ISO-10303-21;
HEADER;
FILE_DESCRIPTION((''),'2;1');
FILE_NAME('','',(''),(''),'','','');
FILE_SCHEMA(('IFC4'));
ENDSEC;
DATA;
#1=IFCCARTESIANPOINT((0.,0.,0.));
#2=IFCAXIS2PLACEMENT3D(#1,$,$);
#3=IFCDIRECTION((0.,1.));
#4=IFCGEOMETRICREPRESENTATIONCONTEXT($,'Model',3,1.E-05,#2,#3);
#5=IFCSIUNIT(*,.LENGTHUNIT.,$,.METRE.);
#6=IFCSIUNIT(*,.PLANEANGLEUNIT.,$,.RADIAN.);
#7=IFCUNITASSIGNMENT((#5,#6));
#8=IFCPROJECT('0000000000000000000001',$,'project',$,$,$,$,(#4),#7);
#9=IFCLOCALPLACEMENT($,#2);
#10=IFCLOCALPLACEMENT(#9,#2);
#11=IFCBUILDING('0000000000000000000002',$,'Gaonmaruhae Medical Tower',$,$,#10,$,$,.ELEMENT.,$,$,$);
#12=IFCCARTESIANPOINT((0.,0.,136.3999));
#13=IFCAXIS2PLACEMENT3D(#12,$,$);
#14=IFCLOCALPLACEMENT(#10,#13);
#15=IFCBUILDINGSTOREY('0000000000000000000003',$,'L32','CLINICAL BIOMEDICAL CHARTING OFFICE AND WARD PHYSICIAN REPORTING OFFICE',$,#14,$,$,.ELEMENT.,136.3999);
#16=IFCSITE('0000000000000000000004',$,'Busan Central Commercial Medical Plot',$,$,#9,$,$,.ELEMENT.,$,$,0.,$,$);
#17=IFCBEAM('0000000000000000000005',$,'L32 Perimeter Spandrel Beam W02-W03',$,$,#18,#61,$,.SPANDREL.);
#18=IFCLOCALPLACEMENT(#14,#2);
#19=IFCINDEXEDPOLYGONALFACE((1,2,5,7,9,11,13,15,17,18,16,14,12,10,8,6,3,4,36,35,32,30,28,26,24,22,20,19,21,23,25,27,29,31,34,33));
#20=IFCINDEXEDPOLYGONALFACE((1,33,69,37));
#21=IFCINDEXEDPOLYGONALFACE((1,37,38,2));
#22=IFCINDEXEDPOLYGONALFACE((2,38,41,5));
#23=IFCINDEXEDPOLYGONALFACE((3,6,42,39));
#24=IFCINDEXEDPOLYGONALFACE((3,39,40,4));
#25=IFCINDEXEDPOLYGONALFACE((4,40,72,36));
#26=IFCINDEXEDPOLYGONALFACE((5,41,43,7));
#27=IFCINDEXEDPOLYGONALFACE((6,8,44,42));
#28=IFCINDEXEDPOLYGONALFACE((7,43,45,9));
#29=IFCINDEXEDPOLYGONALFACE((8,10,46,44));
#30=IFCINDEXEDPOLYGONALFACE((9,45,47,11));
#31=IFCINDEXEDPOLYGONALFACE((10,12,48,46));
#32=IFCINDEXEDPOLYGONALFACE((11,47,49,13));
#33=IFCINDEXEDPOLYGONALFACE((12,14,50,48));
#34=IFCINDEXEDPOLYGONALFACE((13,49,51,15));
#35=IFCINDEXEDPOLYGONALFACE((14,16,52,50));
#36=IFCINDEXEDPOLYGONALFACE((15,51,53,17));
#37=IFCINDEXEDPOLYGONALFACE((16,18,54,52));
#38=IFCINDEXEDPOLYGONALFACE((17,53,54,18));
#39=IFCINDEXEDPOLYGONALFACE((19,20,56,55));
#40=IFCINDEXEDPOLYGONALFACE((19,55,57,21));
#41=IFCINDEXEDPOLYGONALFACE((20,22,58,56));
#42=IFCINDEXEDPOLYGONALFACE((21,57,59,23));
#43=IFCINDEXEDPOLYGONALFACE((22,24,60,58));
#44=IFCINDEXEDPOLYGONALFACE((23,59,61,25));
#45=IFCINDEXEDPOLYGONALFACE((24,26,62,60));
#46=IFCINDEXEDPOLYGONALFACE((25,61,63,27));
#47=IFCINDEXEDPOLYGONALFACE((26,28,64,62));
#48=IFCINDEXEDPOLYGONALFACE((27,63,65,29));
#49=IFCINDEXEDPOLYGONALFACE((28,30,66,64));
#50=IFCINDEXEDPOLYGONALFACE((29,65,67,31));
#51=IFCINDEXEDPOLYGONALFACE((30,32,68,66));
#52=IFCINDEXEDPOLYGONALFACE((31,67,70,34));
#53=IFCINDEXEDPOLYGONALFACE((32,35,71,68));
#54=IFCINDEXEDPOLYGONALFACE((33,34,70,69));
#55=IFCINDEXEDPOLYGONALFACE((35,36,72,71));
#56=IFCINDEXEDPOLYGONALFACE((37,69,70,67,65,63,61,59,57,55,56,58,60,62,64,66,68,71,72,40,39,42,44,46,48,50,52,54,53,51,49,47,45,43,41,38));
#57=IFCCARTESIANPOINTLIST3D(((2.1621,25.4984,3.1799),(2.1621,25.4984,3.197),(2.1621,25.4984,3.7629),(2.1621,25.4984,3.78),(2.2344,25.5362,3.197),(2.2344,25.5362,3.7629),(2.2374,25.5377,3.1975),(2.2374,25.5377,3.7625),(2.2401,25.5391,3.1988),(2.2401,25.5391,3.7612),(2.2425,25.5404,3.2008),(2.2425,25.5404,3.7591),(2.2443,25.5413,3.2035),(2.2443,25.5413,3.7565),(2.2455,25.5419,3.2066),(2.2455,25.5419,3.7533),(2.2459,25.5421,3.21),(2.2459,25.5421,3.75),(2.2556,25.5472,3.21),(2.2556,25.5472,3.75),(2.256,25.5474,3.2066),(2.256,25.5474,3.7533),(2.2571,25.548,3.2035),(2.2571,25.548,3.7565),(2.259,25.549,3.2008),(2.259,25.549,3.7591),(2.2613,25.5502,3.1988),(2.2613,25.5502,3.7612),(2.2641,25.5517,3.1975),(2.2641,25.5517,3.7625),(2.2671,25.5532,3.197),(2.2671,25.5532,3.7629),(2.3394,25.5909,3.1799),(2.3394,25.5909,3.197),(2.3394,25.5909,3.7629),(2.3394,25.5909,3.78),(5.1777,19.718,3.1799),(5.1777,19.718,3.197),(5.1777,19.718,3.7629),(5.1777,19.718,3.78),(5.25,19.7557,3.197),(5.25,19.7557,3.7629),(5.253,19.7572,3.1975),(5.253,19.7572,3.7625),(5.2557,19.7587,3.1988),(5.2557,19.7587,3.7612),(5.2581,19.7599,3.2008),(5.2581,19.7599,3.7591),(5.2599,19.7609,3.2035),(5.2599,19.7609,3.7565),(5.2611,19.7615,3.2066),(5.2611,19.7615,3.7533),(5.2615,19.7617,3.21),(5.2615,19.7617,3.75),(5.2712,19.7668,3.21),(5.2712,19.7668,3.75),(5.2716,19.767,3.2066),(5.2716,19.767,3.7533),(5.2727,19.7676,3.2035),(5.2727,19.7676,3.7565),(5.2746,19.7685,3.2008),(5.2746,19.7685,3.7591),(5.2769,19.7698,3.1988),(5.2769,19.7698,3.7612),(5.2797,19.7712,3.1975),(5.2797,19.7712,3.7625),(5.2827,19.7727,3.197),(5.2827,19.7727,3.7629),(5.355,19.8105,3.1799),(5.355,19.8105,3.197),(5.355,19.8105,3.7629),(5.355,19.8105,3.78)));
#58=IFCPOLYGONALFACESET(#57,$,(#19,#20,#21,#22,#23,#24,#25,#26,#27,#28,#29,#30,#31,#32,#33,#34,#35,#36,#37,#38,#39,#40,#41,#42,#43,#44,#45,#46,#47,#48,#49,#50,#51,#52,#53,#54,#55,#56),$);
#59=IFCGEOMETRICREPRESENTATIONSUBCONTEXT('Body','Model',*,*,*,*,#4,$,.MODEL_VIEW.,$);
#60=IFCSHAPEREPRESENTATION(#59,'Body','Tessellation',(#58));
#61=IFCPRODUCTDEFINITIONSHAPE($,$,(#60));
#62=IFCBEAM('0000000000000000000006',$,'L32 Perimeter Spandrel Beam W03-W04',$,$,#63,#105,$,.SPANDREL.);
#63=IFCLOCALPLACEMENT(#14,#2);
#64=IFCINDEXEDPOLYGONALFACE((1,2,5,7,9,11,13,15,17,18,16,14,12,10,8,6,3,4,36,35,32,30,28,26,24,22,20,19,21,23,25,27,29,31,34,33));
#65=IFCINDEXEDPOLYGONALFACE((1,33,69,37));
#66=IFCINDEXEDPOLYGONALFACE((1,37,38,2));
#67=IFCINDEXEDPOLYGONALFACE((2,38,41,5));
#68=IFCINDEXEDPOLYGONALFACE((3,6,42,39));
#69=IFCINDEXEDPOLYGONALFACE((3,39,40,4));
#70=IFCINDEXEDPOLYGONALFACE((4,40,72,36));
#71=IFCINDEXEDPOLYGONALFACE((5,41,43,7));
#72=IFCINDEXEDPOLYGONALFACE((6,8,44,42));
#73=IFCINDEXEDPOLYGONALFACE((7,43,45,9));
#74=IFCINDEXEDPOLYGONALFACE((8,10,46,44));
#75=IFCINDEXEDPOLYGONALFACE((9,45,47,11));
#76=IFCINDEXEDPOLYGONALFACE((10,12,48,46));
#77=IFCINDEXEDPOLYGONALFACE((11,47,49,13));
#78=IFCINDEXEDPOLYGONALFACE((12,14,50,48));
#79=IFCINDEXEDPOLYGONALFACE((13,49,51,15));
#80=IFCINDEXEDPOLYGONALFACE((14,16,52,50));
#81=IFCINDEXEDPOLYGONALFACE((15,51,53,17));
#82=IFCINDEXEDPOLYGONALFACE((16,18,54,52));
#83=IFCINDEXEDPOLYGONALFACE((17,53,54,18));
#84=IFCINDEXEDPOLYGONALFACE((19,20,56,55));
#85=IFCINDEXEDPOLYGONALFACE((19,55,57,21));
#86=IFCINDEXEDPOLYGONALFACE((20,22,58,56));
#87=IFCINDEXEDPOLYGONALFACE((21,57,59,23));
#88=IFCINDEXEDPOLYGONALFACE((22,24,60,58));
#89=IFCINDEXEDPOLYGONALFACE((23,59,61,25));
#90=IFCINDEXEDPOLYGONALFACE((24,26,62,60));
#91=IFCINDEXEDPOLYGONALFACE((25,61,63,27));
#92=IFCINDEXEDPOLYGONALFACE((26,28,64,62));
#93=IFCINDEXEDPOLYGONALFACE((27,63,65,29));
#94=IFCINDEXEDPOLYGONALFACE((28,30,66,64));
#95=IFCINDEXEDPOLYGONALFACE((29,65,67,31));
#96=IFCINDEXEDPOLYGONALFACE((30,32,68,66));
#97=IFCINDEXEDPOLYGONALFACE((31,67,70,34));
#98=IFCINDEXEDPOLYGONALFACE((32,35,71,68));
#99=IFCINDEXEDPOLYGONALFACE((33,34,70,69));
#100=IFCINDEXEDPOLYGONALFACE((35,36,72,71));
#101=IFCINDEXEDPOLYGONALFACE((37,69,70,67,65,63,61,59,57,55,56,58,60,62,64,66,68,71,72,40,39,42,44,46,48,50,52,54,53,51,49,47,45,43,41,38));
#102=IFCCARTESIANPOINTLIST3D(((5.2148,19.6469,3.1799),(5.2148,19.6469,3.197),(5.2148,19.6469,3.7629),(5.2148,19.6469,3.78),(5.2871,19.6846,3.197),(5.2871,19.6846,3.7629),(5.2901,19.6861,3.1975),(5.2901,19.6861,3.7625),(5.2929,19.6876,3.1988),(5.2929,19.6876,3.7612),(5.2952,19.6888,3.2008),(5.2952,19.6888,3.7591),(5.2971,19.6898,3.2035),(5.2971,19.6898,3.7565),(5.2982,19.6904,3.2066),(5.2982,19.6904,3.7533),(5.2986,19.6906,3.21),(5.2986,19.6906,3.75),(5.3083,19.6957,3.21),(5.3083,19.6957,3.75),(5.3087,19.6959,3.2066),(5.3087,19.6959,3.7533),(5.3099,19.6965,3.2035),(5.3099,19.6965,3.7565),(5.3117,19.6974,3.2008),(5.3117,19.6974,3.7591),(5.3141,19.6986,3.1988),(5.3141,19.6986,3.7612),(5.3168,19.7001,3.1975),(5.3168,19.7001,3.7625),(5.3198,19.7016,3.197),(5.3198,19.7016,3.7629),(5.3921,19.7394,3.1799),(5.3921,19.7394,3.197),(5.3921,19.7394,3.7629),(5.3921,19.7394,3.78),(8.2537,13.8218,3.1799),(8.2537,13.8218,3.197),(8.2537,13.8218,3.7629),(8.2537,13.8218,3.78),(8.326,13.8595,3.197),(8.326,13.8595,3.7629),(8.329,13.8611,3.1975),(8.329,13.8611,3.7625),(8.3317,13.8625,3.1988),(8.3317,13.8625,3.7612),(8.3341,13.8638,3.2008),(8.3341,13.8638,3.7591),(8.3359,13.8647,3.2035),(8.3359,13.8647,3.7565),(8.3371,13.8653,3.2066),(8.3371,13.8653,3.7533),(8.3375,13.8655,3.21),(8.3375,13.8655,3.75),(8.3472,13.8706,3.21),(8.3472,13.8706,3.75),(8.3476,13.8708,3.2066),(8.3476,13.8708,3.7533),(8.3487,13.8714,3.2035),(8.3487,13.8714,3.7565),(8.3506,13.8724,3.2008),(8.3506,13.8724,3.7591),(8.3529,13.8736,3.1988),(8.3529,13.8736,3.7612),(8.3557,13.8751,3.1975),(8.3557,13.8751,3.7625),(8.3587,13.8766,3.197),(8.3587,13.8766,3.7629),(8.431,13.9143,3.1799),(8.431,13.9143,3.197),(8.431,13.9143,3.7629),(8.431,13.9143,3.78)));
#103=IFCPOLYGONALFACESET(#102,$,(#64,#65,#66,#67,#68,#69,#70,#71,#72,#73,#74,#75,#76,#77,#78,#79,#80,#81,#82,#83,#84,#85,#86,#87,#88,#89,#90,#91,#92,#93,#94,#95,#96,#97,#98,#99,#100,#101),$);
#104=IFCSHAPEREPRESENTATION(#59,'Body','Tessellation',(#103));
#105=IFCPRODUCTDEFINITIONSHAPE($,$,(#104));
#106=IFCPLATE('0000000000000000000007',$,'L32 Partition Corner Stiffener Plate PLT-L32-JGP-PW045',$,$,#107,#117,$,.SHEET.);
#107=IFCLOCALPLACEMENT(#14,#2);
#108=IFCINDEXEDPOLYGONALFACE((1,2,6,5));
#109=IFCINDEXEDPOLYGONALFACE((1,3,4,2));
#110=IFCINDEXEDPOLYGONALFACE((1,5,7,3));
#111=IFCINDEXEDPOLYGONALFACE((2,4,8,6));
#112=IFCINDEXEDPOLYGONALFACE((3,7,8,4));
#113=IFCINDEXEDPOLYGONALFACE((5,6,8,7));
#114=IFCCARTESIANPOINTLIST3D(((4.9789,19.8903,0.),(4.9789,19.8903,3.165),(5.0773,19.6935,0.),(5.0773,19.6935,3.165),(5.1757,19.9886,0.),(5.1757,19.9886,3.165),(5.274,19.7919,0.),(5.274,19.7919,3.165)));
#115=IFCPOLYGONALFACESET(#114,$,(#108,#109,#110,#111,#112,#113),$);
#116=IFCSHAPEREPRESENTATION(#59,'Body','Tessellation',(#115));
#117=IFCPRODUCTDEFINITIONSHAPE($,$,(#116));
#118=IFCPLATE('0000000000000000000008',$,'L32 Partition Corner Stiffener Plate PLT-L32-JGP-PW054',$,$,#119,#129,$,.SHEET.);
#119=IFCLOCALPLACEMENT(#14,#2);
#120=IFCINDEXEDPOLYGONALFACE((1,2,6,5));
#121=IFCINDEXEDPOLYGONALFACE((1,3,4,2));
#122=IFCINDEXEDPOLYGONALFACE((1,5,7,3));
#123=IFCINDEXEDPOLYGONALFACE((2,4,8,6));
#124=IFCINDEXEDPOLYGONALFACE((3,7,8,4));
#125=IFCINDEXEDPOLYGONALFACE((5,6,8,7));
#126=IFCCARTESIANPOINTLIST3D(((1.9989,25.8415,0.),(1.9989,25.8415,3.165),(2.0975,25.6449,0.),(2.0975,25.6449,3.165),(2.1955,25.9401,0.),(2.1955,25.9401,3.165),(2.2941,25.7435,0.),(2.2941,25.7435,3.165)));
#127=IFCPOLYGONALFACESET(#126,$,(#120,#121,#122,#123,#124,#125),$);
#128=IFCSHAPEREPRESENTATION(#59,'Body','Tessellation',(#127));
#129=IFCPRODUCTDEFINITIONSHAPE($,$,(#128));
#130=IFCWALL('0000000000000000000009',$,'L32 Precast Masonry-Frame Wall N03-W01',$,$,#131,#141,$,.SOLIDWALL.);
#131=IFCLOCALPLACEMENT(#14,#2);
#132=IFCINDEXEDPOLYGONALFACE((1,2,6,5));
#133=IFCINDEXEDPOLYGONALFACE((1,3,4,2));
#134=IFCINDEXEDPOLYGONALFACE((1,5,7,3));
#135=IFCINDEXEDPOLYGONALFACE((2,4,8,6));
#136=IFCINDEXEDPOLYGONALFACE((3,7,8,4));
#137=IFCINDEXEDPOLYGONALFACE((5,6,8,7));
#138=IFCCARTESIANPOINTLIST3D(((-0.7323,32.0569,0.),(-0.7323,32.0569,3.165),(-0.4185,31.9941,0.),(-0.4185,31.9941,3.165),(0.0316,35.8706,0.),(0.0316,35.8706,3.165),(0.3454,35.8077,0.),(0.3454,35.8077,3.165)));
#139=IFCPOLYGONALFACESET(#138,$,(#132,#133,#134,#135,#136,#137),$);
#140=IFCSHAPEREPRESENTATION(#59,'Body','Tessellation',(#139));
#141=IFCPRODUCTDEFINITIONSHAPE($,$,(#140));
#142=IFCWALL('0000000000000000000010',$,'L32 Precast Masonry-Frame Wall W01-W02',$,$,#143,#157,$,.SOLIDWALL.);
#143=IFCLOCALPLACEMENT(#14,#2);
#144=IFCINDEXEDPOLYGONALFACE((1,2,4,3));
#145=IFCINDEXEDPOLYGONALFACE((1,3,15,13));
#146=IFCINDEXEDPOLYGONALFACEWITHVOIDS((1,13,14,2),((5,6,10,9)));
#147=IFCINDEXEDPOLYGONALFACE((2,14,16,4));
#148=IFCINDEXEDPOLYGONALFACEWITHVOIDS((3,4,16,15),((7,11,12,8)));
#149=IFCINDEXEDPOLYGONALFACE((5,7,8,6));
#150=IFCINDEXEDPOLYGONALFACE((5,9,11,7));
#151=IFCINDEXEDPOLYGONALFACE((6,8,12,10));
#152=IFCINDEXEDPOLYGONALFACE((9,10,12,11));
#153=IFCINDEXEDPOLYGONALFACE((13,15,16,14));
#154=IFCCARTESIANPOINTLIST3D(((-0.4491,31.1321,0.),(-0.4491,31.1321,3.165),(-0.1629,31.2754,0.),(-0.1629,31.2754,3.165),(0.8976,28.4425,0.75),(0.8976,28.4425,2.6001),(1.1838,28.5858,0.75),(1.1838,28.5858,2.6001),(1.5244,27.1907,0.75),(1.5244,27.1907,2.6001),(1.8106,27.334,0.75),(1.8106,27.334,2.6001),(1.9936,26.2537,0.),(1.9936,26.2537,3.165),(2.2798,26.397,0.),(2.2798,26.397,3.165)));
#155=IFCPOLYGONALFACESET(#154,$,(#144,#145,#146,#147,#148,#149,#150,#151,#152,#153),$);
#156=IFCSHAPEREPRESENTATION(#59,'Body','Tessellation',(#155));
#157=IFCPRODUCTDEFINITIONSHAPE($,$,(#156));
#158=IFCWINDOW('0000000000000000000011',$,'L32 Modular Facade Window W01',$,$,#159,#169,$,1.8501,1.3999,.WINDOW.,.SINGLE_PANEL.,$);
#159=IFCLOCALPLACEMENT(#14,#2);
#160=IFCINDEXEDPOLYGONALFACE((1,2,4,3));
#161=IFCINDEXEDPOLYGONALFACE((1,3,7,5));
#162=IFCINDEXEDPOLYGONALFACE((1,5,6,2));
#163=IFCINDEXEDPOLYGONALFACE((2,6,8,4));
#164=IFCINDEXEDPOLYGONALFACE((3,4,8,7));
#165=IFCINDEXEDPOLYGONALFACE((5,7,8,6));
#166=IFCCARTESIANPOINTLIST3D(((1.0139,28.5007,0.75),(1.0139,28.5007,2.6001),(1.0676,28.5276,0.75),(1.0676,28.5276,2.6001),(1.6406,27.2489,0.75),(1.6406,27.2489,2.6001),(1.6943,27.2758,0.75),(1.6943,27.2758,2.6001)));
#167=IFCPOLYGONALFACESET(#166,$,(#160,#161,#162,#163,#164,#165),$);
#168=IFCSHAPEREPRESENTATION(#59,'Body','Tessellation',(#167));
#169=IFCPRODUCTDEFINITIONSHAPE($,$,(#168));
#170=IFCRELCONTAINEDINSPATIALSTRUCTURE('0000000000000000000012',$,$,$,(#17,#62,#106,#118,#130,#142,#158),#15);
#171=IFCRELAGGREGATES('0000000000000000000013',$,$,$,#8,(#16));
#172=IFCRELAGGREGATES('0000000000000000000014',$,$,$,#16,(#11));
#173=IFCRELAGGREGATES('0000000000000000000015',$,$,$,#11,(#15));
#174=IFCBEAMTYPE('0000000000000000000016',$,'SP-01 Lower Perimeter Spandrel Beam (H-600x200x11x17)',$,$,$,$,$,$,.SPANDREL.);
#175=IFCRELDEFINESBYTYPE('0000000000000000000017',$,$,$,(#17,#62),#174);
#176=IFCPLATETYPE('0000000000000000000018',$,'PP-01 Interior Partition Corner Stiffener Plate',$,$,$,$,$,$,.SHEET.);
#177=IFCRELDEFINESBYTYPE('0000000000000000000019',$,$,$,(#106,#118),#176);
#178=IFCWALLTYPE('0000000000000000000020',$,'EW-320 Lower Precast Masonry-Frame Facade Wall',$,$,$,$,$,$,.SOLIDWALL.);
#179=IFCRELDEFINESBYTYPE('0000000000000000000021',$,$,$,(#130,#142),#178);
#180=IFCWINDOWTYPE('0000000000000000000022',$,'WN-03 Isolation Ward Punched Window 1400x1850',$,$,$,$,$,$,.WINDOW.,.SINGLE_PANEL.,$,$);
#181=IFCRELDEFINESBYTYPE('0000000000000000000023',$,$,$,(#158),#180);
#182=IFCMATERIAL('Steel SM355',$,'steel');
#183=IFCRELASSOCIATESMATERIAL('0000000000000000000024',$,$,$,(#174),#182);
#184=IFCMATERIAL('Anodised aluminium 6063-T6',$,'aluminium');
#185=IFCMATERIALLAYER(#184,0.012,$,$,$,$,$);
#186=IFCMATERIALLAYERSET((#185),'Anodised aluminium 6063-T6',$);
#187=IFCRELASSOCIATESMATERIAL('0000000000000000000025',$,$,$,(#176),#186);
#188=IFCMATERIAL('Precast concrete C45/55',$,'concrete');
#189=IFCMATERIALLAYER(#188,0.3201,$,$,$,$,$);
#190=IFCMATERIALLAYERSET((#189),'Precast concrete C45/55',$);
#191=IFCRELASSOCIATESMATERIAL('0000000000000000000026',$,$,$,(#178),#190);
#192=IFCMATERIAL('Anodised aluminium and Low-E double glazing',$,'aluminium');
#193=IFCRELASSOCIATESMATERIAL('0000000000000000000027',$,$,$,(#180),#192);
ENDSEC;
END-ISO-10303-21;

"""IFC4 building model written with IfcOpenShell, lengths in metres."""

from ifc_helpers import new_model, si_unit, direction, frame, frame_2d, origin, origin_2d, place, context, subcontext, project, spatial, rectangle, i_section, extrude, material, layer, layer_set, material_profile, profile_set, type_object, element, fill, save


model = new_model("IFC4")

# Units and contexts
model_context = context("Model", 3, precision=1e-05, world=origin(), true_north=direction((0.0, 1.0)))
body_context = subcontext(model_context, "Body", "Model", "MODEL_VIEW")
ifc_project = project(units=[si_unit("LENGTHUNIT", "METRE"), si_unit("PLANEANGLEUNIT", "RADIAN")], contexts=[model_context])

# Site, building, storey
site_placement = place(None, origin())
site = spatial("IfcSite", under=ifc_project, at=site_placement, Name="Busan Central Commercial Medical Plot", CompositionType="ELEMENT", RefElevation=0.0)
building_placement = place(site_placement, origin())
building = spatial("IfcBuilding", under=site, at=building_placement, Name="Gaonmaruhae Medical Tower", CompositionType="ELEMENT")
storey_placement = place(building_placement, frame((0.0, 0.0, 136.3999)))
storey = spatial("IfcBuildingStorey", under=building, at=storey_placement, Name="L32", Description="CLINICAL BIOMEDICAL CHARTING OFFICE AND WARD PHYSICIAN REPORTING OFFICE", CompositionType="ELEMENT", Elevation=136.3999)

# Beams
ifc_material_1 = material(Name="Steel SM355", Category="steel")
ifc_material_profile_1 = material_profile(ifc_material_1, i_section(OverallWidth=0.2, OverallDepth=0.6001, WebThickness=0.011, FlangeThickness=0.0171, FilletRadius=0.0129, at=origin_2d()), Name="H-600x200x11x17")
ifc_profile_set_1 = profile_set([ifc_material_profile_1], Name="Steel SM355")
beam_type_1 = type_object("IfcBeamType", Name="SP-01 Lower Perimeter Spandrel Beam (H-600x200x11x17)", PredefinedType="SPANDREL", material=ifc_profile_set_1)
beam_1_placement = place(storey_placement, frame((2.2507, 25.5447, 3.48), z_axis=(0.46253, -0.886604, 0.0), x_axis=(0.886604, 0.46253, 0.0)))
element("IfcBeam", 1, at=beam_1_placement, inside=storey, type_object=beam_type_1, Name="L32 Perimeter Spandrel Beam W02-W03", PredefinedType="SPANDREL", context=body_context, shape_type="SweptSolid", body=[
    extrude(i_section(OverallWidth=0.2, OverallDepth=0.6001, WebThickness=0.011, FlangeThickness=0.0171, FilletRadius=0.0129, at=origin_2d()), origin(), (0.0, 0.0, 1.0), 6.5198),
])
beam_2_placement = place(storey_placement, frame((5.3035, 19.6931, 3.48), z_axis=(0.462532, -0.886603, 0.0), x_axis=(0.886603, 0.462532, 0.0)))
element("IfcBeam", 2, at=beam_2_placement, inside=storey, type_object=beam_type_1, Name="L32 Perimeter Spandrel Beam W03-W04", PredefinedType="SPANDREL", context=body_context, shape_type="SweptSolid", body=[
    extrude(i_section(OverallWidth=0.2, OverallDepth=0.6001, WebThickness=0.011, FlangeThickness=0.0171, FilletRadius=0.0129, at=origin_2d()), origin(), (0.0, 0.0, 1.0), 6.5701),
])

# Plates
ifc_material_2 = material(Name="Anodised aluminium 6063-T6", Category="aluminium")
ifc_layer_1 = layer(ifc_material_2, 0.012)
ifc_layer_set_1 = layer_set([ifc_layer_1], Name="Anodised aluminium 6063-T6")
plate_type = type_object("IfcPlateType", Name="PP-01 Interior Partition Corner Stiffener Plate", PredefinedType="SHEET", material=ifc_layer_set_1)
for number, where, z_axis, x_axis, name in (
    (3, (5.1265, 19.8411, 0.0), (0.0, 0.0, 1.0), (-0.447213, 0.894428, 0.0), "L32 Partition Corner Stiffener Plate PLT-L32-JGP-PW045"),
    (4, (2.1465, 25.7925, 0.0), (0.0, 0.0, 1.0), (-0.448461, 0.893802, 0.0), "L32 Partition Corner Stiffener Plate PLT-L32-JGP-PW054"),
):
    element("IfcPlate", number, at=place(storey_placement, frame(where, z_axis=z_axis, x_axis=x_axis)), inside=storey, type_object=plate_type, Name=name, PredefinedType="SHEET", context=body_context, shape_type="SweptSolid", body=[
        extrude(rectangle(XDim=0.22, YDim=0.22, at=origin_2d()), origin(), (0.0, 0.0, 1.0), 3.165),
    ])

# Wall
ifc_material_3 = material(Name="Precast concrete C45/55", Category="concrete")
ifc_layer_2 = layer(ifc_material_3, 0.3201)
ifc_layer_set_2 = layer_set([ifc_layer_2], Name="Precast concrete C45/55")
wall_type_1 = type_object("IfcWallType", Name="EW-320 Lower Precast Masonry-Frame Facade Wall", PredefinedType="SOLIDWALL", material=ifc_layer_set_2)
wall_1_placement = place(storey_placement, frame((-0.5754, 32.0254, 0.0), z_axis=(0.0, 0.0, 1.0), x_axis=(0.196406, 0.980523, 0.0)))
element("IfcWall", 5, at=wall_1_placement, inside=storey, type_object=wall_type_1, Name="L32 Precast Masonry-Frame Wall N03-W01", PredefinedType="SOLIDWALL", context=body_context, shape_type="SweptSolid", body=[
    extrude(rectangle(XDim=3.8894, YDim=0.3201, at=frame_2d((1.9448, 0.0))), origin(), (0.0, 0.0, 1.0), 3.165),
])

# Wall, opening, window
wall_2_placement = place(storey_placement, frame((2.1367, 26.3252, 0.0), z_axis=(0.0, 0.0, 1.0), x_axis=(-0.447715, 0.894176, 0.0)))
wall_2 = element("IfcWall", 6, at=wall_2_placement, inside=storey, type_object=wall_type_1, Name="L32 Precast Masonry-Frame Wall W01-W02", PredefinedType="SOLIDWALL", context=body_context, shape_type="SweptSolid", body=[
    extrude(rectangle(XDim=5.4558, YDim=0.3201, at=frame_2d((2.728, 0.0))), origin(), (0.0, 0.0, 1.0), 3.165),
])
opening_1_placement = place(wall_2_placement, frame((1.0481, 0.0, 0.75)))
opening_1 = element("IfcOpeningElement", 7, at=opening_1_placement, cuts=wall_2, PredefinedType="OPENING", context=body_context, shape_type="SweptSolid", body=[
    extrude(rectangle(XDim=1.3999, YDim=1.8501, at=frame_2d((0.7, 0.925))), frame((0.0, 0.1699, 0.0), z_axis=(0.0, -1.0, 0.0), x_axis=(1.0, 0.0, 0.0)), (0.0, 0.0, 1.0), 0.3401),
])
ifc_material_4 = material(Name="Anodised aluminium and Low-E double glazing", Category="aluminium")
window_type_1 = type_object("IfcWindowType", Name="WN-03 Isolation Ward Punched Window 1400x1850", PartitioningType="SINGLE_PANEL", PredefinedType="WINDOW", material=ifc_material_4)
window_1_placement = place(opening_1_placement, origin())
window_1 = element("IfcWindow", 8, at=window_1_placement, inside=storey, type_object=window_type_1, Name="L32 Modular Facade Window W01", OverallHeight=1.8501, OverallWidth=1.3999, PartitioningType="SINGLE_PANEL", PredefinedType="WINDOW", context=body_context, shape_type="SweptSolid", body=[
    extrude(rectangle(XDim=1.3999, YDim=1.8501, at=frame_2d((0.7, 0.925))), frame((0.0, 0.03, 0.0), z_axis=(0.0, -1.0, 0.0), x_axis=(1.0, 0.0, 0.0)), (0.0, 0.0, 1.0), 0.0601),
])
fill(opening_1, window_1)

save(model, "model.ifc")
